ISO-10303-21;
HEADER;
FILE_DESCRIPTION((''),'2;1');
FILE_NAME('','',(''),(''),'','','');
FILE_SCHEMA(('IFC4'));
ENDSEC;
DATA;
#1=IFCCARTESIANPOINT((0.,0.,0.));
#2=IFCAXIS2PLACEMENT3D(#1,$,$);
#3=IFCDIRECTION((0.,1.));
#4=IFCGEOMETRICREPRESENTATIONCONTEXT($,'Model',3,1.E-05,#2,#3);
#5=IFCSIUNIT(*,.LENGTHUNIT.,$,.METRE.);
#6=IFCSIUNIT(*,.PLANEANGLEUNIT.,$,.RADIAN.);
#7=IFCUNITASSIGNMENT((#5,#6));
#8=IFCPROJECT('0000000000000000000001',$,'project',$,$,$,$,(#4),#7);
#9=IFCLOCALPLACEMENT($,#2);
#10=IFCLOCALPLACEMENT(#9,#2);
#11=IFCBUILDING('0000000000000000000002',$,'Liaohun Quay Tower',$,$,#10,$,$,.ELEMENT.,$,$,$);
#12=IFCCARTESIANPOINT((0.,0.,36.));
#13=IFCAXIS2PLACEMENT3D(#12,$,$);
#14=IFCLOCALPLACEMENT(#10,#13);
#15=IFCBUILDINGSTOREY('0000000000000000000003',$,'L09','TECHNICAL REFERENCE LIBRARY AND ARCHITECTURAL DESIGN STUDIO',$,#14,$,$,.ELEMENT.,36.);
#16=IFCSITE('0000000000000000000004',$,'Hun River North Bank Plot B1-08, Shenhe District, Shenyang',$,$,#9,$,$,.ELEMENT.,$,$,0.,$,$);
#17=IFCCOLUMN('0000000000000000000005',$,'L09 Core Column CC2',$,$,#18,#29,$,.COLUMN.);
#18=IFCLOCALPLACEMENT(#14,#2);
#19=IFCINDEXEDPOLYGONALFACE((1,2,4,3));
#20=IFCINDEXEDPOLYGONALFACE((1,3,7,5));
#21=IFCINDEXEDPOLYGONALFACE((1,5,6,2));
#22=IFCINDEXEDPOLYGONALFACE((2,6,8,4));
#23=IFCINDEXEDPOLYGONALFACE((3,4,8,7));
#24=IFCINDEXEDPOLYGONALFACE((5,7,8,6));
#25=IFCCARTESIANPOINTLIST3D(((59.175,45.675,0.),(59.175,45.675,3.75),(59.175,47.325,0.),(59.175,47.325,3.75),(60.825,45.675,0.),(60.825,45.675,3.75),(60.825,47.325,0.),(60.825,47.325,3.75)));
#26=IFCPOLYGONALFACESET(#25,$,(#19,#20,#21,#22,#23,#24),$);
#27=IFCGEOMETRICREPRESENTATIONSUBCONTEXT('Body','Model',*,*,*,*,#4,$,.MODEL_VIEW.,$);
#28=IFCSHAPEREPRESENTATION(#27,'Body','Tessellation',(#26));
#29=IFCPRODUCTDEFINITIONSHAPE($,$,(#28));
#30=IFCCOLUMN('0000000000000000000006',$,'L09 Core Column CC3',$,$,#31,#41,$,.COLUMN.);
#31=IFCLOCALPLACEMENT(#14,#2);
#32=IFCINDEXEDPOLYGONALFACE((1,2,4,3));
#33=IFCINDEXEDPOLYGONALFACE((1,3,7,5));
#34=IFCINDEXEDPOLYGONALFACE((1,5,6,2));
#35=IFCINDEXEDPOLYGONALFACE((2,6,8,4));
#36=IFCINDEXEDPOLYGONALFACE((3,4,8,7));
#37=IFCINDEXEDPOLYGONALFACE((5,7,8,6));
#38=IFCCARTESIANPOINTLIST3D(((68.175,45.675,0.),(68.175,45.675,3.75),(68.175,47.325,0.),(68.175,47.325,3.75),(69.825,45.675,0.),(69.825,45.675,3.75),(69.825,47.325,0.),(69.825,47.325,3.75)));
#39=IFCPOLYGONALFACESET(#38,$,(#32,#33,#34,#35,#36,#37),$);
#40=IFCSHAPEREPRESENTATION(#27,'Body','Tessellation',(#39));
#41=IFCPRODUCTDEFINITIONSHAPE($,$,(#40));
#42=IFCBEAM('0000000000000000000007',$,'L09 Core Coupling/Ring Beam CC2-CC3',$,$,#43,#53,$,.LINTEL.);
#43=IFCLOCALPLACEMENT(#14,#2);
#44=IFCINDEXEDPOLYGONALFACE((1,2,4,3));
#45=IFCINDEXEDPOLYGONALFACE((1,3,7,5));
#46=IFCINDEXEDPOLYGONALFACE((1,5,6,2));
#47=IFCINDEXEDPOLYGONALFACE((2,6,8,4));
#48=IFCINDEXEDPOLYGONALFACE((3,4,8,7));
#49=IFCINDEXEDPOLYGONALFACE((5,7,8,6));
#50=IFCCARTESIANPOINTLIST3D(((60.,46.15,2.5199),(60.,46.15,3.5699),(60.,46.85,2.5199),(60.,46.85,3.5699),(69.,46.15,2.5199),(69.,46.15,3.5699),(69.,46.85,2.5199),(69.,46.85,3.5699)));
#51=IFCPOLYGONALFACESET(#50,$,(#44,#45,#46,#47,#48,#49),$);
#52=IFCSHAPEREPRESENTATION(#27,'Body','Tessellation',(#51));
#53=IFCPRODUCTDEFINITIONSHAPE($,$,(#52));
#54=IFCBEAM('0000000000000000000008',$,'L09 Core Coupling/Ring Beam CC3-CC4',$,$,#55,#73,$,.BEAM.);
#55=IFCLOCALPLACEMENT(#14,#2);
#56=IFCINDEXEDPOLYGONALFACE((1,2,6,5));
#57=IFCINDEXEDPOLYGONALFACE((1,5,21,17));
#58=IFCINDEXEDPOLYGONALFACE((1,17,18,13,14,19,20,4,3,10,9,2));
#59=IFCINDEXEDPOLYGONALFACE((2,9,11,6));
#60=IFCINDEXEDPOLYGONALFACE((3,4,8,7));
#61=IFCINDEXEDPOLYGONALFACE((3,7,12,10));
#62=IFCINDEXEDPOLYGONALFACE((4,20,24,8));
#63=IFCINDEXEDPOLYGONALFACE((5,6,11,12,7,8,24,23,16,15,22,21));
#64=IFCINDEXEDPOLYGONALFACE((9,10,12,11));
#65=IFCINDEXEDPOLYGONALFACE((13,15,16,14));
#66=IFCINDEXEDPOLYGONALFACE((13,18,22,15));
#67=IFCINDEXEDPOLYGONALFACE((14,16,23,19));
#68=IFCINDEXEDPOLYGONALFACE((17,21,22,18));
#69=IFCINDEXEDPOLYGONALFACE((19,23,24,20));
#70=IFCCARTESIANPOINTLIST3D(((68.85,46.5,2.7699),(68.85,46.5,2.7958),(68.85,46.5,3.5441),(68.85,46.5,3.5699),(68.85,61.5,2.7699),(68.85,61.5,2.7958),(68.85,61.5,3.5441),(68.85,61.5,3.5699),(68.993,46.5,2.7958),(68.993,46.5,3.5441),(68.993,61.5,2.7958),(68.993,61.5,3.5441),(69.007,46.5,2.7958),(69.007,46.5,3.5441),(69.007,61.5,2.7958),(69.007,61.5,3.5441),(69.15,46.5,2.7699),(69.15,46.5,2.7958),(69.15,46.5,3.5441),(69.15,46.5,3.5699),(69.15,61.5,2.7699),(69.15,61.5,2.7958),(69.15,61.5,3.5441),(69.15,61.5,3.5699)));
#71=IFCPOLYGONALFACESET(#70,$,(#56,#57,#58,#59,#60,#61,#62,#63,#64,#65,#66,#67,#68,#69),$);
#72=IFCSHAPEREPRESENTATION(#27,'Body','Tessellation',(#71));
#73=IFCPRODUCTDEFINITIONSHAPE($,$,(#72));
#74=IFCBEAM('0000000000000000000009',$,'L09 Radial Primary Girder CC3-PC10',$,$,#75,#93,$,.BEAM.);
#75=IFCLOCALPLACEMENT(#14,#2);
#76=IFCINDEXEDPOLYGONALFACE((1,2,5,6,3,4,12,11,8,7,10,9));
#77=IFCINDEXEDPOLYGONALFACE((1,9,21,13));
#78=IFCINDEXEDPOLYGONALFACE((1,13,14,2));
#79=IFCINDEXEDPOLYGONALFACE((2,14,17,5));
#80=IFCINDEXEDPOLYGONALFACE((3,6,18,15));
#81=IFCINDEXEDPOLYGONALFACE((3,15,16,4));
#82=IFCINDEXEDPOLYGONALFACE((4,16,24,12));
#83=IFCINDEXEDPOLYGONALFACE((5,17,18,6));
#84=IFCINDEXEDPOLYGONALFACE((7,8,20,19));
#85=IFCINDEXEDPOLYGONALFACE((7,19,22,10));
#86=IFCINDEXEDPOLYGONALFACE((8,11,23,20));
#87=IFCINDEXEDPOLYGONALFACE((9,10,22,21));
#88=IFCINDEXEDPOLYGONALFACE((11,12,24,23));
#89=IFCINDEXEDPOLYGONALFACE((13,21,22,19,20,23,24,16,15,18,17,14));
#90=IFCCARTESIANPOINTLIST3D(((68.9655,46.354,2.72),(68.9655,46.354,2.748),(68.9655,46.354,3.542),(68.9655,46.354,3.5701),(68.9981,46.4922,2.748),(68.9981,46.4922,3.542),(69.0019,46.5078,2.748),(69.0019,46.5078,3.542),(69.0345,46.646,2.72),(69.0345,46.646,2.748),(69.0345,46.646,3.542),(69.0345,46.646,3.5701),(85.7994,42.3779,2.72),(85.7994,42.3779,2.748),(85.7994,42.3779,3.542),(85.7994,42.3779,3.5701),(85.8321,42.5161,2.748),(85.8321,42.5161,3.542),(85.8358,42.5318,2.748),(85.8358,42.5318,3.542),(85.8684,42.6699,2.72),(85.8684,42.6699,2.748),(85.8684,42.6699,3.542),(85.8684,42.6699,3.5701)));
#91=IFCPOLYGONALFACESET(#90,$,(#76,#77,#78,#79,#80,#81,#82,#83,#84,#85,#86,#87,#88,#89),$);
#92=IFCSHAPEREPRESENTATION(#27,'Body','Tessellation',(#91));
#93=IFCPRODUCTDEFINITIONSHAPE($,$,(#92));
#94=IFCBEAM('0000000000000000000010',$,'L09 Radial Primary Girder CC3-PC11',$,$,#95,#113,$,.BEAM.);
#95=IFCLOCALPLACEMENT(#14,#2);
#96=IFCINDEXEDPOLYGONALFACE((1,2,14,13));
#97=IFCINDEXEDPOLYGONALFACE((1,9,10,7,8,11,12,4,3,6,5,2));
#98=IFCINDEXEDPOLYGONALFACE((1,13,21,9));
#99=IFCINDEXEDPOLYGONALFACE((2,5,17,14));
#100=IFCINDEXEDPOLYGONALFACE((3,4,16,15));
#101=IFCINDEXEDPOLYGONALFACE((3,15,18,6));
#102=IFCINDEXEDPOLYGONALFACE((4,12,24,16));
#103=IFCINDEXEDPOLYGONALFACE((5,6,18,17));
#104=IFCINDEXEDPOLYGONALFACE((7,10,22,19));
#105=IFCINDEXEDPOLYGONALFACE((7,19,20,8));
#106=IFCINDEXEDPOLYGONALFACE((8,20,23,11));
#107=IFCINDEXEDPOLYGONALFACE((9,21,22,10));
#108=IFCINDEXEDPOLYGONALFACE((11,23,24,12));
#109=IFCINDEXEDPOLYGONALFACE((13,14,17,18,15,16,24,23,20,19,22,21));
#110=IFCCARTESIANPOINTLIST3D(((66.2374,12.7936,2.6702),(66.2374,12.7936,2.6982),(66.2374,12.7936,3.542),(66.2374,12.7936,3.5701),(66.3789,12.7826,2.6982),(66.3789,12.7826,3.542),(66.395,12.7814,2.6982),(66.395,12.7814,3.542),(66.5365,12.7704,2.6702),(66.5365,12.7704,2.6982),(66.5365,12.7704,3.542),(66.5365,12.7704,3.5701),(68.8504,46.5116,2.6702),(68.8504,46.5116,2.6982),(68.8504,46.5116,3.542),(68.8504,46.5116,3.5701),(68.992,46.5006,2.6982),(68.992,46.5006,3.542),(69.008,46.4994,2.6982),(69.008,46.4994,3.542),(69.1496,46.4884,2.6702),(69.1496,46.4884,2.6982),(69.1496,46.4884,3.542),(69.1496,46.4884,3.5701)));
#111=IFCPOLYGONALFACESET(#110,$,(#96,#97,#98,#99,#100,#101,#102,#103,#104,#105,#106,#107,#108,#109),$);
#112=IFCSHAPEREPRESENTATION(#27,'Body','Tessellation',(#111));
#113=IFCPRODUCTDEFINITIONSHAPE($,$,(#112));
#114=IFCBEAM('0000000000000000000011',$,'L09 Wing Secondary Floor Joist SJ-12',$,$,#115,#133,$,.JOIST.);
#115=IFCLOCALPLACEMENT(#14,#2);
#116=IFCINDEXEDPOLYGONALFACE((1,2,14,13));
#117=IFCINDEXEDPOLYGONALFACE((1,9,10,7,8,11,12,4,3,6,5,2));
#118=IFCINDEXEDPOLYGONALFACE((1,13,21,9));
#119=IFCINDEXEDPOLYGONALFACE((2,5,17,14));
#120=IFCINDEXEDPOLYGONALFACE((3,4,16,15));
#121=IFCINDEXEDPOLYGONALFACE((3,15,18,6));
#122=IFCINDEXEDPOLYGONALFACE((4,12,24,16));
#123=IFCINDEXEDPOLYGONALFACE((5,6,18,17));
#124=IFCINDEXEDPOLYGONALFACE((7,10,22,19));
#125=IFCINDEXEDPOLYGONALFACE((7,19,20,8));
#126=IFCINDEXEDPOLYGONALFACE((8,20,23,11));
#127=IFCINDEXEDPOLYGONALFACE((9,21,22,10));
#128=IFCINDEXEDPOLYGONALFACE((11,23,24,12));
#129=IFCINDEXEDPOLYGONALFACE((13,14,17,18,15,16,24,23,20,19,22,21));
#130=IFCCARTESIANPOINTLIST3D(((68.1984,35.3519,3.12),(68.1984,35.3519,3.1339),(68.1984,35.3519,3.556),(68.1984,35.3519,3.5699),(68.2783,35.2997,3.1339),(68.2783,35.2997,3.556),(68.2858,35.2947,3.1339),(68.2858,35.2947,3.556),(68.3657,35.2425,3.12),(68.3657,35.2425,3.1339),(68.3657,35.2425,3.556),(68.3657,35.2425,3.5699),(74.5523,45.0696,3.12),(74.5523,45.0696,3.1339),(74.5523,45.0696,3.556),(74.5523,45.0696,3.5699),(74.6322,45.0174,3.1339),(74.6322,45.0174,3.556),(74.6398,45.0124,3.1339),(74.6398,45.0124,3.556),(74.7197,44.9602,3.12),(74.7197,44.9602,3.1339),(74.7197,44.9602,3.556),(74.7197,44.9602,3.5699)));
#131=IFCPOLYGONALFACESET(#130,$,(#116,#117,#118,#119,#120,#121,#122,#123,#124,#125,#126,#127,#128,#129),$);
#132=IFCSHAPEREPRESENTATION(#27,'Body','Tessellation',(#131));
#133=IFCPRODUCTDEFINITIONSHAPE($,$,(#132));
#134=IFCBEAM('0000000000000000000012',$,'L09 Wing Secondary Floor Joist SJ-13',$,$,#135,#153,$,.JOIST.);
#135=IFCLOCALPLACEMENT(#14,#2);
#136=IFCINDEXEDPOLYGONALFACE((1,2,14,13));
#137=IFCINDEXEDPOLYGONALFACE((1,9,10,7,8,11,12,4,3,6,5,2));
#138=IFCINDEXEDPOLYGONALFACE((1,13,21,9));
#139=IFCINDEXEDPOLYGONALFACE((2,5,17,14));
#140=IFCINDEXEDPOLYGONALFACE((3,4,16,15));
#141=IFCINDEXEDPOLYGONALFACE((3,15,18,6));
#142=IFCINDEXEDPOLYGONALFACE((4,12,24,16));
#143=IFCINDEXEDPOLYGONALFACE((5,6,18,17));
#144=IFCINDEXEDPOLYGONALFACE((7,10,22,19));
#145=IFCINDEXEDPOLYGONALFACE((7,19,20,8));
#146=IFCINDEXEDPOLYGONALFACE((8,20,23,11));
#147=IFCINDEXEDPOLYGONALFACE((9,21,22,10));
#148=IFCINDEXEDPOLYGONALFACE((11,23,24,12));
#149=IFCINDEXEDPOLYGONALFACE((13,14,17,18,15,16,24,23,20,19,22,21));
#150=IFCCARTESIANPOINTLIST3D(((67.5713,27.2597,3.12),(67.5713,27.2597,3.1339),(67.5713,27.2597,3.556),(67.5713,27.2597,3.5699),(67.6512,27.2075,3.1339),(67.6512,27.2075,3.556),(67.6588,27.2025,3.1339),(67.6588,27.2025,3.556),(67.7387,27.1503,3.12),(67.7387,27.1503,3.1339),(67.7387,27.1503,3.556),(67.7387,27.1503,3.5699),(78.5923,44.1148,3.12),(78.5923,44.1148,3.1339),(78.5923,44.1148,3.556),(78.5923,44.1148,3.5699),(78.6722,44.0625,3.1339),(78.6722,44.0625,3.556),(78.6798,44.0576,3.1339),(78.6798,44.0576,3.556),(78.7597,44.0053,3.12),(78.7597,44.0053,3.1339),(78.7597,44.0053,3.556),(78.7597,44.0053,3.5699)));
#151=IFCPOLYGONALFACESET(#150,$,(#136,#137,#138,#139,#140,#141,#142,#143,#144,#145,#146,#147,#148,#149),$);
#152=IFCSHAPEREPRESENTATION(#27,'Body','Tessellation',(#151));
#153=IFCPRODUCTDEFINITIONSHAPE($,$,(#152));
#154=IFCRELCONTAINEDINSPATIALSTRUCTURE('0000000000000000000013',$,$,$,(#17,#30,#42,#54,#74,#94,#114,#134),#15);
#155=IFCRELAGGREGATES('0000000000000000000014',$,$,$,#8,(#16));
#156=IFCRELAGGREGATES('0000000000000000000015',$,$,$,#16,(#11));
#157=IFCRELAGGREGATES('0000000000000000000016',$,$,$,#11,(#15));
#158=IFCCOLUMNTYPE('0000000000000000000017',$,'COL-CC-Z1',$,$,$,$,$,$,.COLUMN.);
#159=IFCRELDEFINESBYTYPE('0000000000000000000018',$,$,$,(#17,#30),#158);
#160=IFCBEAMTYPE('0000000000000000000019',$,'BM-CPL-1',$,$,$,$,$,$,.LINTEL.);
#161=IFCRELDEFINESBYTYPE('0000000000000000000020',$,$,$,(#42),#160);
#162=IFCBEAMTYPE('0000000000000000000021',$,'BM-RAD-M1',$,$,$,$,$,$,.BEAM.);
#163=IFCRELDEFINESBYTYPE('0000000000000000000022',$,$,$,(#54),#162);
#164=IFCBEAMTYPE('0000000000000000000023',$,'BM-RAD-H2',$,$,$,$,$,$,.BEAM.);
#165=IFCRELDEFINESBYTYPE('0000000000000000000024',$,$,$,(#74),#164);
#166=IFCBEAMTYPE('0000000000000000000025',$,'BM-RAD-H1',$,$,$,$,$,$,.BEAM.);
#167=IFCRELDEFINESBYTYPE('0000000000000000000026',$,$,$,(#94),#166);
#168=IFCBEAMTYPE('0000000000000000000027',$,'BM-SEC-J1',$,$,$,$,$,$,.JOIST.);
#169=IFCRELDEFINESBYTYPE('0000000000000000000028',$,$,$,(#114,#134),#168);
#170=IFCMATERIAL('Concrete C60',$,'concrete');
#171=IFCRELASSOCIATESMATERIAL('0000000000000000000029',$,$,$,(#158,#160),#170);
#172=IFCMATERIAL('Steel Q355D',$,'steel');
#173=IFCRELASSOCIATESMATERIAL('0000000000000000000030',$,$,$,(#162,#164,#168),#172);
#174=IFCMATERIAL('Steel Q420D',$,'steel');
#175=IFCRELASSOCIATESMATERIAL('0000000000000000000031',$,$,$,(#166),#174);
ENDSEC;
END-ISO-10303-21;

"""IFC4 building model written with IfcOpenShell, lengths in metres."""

from ifc_helpers import new_model, si_unit, direction, frame, origin, origin_2d, place, context, subcontext, project, spatial, rectangle, i_section, extrude, source, transform, mapped, material, material_profile, profile_set, type_object, element, save


model = new_model("IFC4")

# Units and contexts
model_context = context("Model", 3, precision=1e-05, world=origin(), true_north=direction((0.0, 1.0)))
body_context = subcontext(model_context, "Body", "Model", "MODEL_VIEW")
ifc_project = project(units=[si_unit("LENGTHUNIT", "METRE"), si_unit("PLANEANGLEUNIT", "RADIAN")], contexts=[model_context])

# Site, building, storey
site_placement = place(None, origin())
site = spatial("IfcSite", under=ifc_project, at=site_placement, Name="Hun River North Bank Plot B1-08, Shenhe District, Shenyang", CompositionType="ELEMENT", RefElevation=0.0)
building_placement = place(site_placement, origin())
building = spatial("IfcBuilding", under=site, at=building_placement, Name="Liaohun Quay Tower", CompositionType="ELEMENT")
storey_placement = place(building_placement, frame((0.0, 0.0, 36.0)))
storey = spatial("IfcBuildingStorey", under=building, at=storey_placement, Name="L09", Description="TECHNICAL REFERENCE LIBRARY AND ARCHITECTURAL DESIGN STUDIO", CompositionType="ELEMENT", Elevation=36.0)

# Columns
ifc_material_1 = material(Name="Concrete C60", Category="concrete")
ifc_material_profile_1 = material_profile(ifc_material_1, rectangle(XDim=1.6499, YDim=1.6499, at=origin_2d()), Name="RC1650x1650")
ifc_profile_set_1 = profile_set([ifc_material_profile_1], Name="Concrete C60")
column_type = type_object("IfcColumnType", Name="COL-CC-Z1", PredefinedType="COLUMN", material=ifc_profile_set_1)
shared_shape_1 = source(origin(), body_context, "Body", "SweptSolid", [
    extrude(rectangle(XDim=1.6499, YDim=1.6499, at=origin_2d()), origin(), (0.0, 0.0, 1.0), 3.75),
])
for number, where, z_axis, x_axis, name in (
    (1, (60.0, 46.5, 0.0), (0.0, 0.0, 1.0), (1.0, 0.0, 0.0), "L09 Core Column CC2"),
    (2, (69.0, 46.5, 0.0), (0.0, 0.0, 1.0), (1.0, 0.0, 0.0), "L09 Core Column CC3"),
):
    element("IfcColumn", number, at=place(storey_placement, frame(where, z_axis=z_axis, x_axis=x_axis)), inside=storey, type_object=column_type, Name=name, PredefinedType="COLUMN", context=body_context, shape_type="MappedRepresentation", body=[
        mapped(shared_shape_1, transform((0.0, 0.0, 0.0), x_axis=(1.0, 0.0, 0.0), y_axis=(0.0, 1.0, 0.0), z_axis=(0.0, 0.0, 1.0), scale=1.0)),
    ])

# Beams
ifc_material_profile_2 = material_profile(ifc_material_1, rectangle(XDim=0.7, YDim=1.05, at=origin_2d()), Name="RC700x1050")
ifc_profile_set_2 = profile_set([ifc_material_profile_2], Name="Concrete C60")
beam_type_1 = type_object("IfcBeamType", Name="BM-CPL-1", PredefinedType="LINTEL", material=ifc_profile_set_2)
shared_shape_2 = source(origin(), body_context, "Body", "SweptSolid", [
    extrude(rectangle(XDim=0.7, YDim=1.05, at=origin_2d()), origin(), (0.0, 0.0, 1.0), 9.0),
])
beam_1_placement = place(storey_placement, frame((60.0, 46.5, 3.0449), z_axis=(1.0, 0.0, 0.0), x_axis=(0.0, 1.0, 0.0)))
element("IfcBeam", 3, at=beam_1_placement, inside=storey, type_object=beam_type_1, Name="L09 Core Coupling/Ring Beam CC2-CC3", PredefinedType="LINTEL", context=body_context, shape_type="MappedRepresentation", body=[
    mapped(shared_shape_2, transform((0.0, 0.0, 0.0), x_axis=(1.0, 0.0, 0.0), y_axis=(0.0, 1.0, 0.0), z_axis=(0.0, 0.0, 1.0), scale=1.0)),
])
ifc_material_2 = material(Name="Steel Q355D", Category="steel")
ifc_material_profile_3 = material_profile(ifc_material_2, i_section(OverallWidth=0.3, OverallDepth=0.8, WebThickness=0.0139, FlangeThickness=0.0259, at=origin_2d()), Name="HN800x300x14x26")
ifc_profile_set_3 = profile_set([ifc_material_profile_3], Name="Steel Q355D")
beam_type_2 = type_object("IfcBeamType", Name="BM-RAD-M1", PredefinedType="BEAM", material=ifc_profile_set_3)
shared_shape_3 = source(origin(), body_context, "Body", "SweptSolid", [
    extrude(i_section(OverallWidth=0.3, OverallDepth=0.8, WebThickness=0.0139, FlangeThickness=0.0259, at=origin_2d()), origin(), (0.0, 0.0, 1.0), 15.0),
])
beam_2_placement = place(storey_placement, frame((69.0, 46.5, 3.1699), z_axis=(0.0, 1.0, 0.0), x_axis=(-1.0, 0.0, 0.0)))
element("IfcBeam", 4, at=beam_2_placement, inside=storey, type_object=beam_type_2, Name="L09 Core Coupling/Ring Beam CC3-CC4", PredefinedType="BEAM", context=body_context, shape_type="MappedRepresentation", body=[
    mapped(shared_shape_3, transform((0.0, 0.0, 0.0), x_axis=(1.0, 0.0, 0.0), y_axis=(0.0, 1.0, 0.0), z_axis=(0.0, 0.0, 1.0), scale=1.0)),
])
ifc_material_profile_4 = material_profile(ifc_material_2, i_section(OverallWidth=0.3, OverallDepth=0.8501, WebThickness=0.0161, FlangeThickness=0.0281, at=origin_2d()), Name="HN850x300x16x28")
ifc_profile_set_4 = profile_set([ifc_material_profile_4], Name="Steel Q355D")
beam_type_3 = type_object("IfcBeamType", Name="BM-RAD-H2", PredefinedType="BEAM", material=ifc_profile_set_4)
shared_shape_4 = source(origin(), body_context, "Body", "SweptSolid", [
    extrude(i_section(OverallWidth=0.3, OverallDepth=0.8501, WebThickness=0.0161, FlangeThickness=0.0281, at=origin_2d()), origin(), (0.0, 0.0, 1.0), 17.2971),
])
beam_3_placement = place(storey_placement, frame((69.0, 46.5, 3.145), z_axis=(0.973222, -0.229868, 0.0), x_axis=(0.229868, 0.973222, 0.0)))
element("IfcBeam", 5, at=beam_3_placement, inside=storey, type_object=beam_type_3, Name="L09 Radial Primary Girder CC3-PC10", PredefinedType="BEAM", context=body_context, shape_type="MappedRepresentation", body=[
    mapped(shared_shape_4, transform((0.0, 0.0, 0.0), x_axis=(1.0, 0.0, 0.0), y_axis=(0.0, 1.0, 0.0), z_axis=(0.0, 0.0, 1.0), scale=1.0)),
])
ifc_material_3 = material(Name="Steel Q420D", Category="steel")
ifc_material_profile_5 = material_profile(ifc_material_3, i_section(OverallWidth=0.3, OverallDepth=0.8999, WebThickness=0.0161, FlangeThickness=0.0281, at=origin_2d()), Name="HN900x300x16x28")
ifc_profile_set_5 = profile_set([ifc_material_profile_5], Name="Steel Q420D")
beam_type_4 = type_object("IfcBeamType", Name="BM-RAD-H1", PredefinedType="BEAM", material=ifc_profile_set_5)
shared_shape_5 = source(origin(), body_context, "Body", "SweptSolid", [
    extrude(i_section(OverallWidth=0.3, OverallDepth=0.8999, WebThickness=0.0161, FlangeThickness=0.0281, at=origin_2d()), origin(), (0.0, 0.0, 1.0), 33.8191),
])
beam_4_placement = place(storey_placement, frame((69.0, 46.5, 3.1201), z_axis=(-0.077265, -0.997011, 0.0), x_axis=(0.997011, -0.077265, 0.0)))
element("IfcBeam", 6, at=beam_4_placement, inside=storey, type_object=beam_type_4, Name="L09 Radial Primary Girder CC3-PC11", PredefinedType="BEAM", context=body_context, shape_type="MappedRepresentation", body=[
    mapped(shared_shape_5, transform((0.0, 0.0, 0.0), x_axis=(1.0, 0.0, 0.0), y_axis=(0.0, 1.0, 0.0), z_axis=(0.0, 0.0, 1.0), scale=1.0)),
])
ifc_material_profile_6 = material_profile(ifc_material_2, i_section(OverallWidth=0.2, OverallDepth=0.45, WebThickness=0.009, FlangeThickness=0.0139, at=origin_2d()), Name="HN450x200x9x14")
ifc_profile_set_6 = profile_set([ifc_material_profile_6], Name="Steel Q355D")
beam_type_5 = type_object("IfcBeamType", Name="BM-SEC-J1", PredefinedType="JOIST", material=ifc_profile_set_6)
shared_shape_6 = source(origin(), body_context, "Body", "SweptSolid", [
    extrude(i_section(OverallWidth=0.2, OverallDepth=0.45, WebThickness=0.009, FlangeThickness=0.0139, at=origin_2d()), origin(), (0.0, 0.0, 1.0), 11.6106),
])
beam_5_placement = place(storey_placement, frame((74.636, 45.0149, 3.345), z_axis=(-0.547254, -0.836967, 0.0), x_axis=(0.836967, -0.547254, 0.0)))
element("IfcBeam", 7, at=beam_5_placement, inside=storey, type_object=beam_type_5, Name="L09 Wing Secondary Floor Joist SJ-12", PredefinedType="JOIST", context=body_context, shape_type="MappedRepresentation", body=[
    mapped(shared_shape_6, transform((0.0, 0.0, 0.0), x_axis=(1.0, 0.0, 0.0), y_axis=(0.0, 1.0, 0.0), z_axis=(0.0, 0.0, 1.0), scale=1.0)),
])
shared_shape_7 = source(origin(), body_context, "Body", "SweptSolid", [
    extrude(i_section(OverallWidth=0.2, OverallDepth=0.45, WebThickness=0.009, FlangeThickness=0.0139, at=origin_2d()), origin(), (0.0, 0.0, 1.0), 20.1384),
])
beam_6_placement = place(storey_placement, frame((78.676, 44.0601, 3.345), z_axis=(-0.547264, -0.83696, 0.0), x_axis=(0.83696, -0.547264, 0.0)))
element("IfcBeam", 8, at=beam_6_placement, inside=storey, type_object=beam_type_5, Name="L09 Wing Secondary Floor Joist SJ-13", PredefinedType="JOIST", context=body_context, shape_type="MappedRepresentation", body=[
    mapped(shared_shape_7, transform((0.0, 0.0, 0.0), x_axis=(1.0, 0.0, 0.0), y_axis=(0.0, 1.0, 0.0), z_axis=(0.0, 0.0, 1.0), scale=1.0)),
])

save(model, "model.ifc")
